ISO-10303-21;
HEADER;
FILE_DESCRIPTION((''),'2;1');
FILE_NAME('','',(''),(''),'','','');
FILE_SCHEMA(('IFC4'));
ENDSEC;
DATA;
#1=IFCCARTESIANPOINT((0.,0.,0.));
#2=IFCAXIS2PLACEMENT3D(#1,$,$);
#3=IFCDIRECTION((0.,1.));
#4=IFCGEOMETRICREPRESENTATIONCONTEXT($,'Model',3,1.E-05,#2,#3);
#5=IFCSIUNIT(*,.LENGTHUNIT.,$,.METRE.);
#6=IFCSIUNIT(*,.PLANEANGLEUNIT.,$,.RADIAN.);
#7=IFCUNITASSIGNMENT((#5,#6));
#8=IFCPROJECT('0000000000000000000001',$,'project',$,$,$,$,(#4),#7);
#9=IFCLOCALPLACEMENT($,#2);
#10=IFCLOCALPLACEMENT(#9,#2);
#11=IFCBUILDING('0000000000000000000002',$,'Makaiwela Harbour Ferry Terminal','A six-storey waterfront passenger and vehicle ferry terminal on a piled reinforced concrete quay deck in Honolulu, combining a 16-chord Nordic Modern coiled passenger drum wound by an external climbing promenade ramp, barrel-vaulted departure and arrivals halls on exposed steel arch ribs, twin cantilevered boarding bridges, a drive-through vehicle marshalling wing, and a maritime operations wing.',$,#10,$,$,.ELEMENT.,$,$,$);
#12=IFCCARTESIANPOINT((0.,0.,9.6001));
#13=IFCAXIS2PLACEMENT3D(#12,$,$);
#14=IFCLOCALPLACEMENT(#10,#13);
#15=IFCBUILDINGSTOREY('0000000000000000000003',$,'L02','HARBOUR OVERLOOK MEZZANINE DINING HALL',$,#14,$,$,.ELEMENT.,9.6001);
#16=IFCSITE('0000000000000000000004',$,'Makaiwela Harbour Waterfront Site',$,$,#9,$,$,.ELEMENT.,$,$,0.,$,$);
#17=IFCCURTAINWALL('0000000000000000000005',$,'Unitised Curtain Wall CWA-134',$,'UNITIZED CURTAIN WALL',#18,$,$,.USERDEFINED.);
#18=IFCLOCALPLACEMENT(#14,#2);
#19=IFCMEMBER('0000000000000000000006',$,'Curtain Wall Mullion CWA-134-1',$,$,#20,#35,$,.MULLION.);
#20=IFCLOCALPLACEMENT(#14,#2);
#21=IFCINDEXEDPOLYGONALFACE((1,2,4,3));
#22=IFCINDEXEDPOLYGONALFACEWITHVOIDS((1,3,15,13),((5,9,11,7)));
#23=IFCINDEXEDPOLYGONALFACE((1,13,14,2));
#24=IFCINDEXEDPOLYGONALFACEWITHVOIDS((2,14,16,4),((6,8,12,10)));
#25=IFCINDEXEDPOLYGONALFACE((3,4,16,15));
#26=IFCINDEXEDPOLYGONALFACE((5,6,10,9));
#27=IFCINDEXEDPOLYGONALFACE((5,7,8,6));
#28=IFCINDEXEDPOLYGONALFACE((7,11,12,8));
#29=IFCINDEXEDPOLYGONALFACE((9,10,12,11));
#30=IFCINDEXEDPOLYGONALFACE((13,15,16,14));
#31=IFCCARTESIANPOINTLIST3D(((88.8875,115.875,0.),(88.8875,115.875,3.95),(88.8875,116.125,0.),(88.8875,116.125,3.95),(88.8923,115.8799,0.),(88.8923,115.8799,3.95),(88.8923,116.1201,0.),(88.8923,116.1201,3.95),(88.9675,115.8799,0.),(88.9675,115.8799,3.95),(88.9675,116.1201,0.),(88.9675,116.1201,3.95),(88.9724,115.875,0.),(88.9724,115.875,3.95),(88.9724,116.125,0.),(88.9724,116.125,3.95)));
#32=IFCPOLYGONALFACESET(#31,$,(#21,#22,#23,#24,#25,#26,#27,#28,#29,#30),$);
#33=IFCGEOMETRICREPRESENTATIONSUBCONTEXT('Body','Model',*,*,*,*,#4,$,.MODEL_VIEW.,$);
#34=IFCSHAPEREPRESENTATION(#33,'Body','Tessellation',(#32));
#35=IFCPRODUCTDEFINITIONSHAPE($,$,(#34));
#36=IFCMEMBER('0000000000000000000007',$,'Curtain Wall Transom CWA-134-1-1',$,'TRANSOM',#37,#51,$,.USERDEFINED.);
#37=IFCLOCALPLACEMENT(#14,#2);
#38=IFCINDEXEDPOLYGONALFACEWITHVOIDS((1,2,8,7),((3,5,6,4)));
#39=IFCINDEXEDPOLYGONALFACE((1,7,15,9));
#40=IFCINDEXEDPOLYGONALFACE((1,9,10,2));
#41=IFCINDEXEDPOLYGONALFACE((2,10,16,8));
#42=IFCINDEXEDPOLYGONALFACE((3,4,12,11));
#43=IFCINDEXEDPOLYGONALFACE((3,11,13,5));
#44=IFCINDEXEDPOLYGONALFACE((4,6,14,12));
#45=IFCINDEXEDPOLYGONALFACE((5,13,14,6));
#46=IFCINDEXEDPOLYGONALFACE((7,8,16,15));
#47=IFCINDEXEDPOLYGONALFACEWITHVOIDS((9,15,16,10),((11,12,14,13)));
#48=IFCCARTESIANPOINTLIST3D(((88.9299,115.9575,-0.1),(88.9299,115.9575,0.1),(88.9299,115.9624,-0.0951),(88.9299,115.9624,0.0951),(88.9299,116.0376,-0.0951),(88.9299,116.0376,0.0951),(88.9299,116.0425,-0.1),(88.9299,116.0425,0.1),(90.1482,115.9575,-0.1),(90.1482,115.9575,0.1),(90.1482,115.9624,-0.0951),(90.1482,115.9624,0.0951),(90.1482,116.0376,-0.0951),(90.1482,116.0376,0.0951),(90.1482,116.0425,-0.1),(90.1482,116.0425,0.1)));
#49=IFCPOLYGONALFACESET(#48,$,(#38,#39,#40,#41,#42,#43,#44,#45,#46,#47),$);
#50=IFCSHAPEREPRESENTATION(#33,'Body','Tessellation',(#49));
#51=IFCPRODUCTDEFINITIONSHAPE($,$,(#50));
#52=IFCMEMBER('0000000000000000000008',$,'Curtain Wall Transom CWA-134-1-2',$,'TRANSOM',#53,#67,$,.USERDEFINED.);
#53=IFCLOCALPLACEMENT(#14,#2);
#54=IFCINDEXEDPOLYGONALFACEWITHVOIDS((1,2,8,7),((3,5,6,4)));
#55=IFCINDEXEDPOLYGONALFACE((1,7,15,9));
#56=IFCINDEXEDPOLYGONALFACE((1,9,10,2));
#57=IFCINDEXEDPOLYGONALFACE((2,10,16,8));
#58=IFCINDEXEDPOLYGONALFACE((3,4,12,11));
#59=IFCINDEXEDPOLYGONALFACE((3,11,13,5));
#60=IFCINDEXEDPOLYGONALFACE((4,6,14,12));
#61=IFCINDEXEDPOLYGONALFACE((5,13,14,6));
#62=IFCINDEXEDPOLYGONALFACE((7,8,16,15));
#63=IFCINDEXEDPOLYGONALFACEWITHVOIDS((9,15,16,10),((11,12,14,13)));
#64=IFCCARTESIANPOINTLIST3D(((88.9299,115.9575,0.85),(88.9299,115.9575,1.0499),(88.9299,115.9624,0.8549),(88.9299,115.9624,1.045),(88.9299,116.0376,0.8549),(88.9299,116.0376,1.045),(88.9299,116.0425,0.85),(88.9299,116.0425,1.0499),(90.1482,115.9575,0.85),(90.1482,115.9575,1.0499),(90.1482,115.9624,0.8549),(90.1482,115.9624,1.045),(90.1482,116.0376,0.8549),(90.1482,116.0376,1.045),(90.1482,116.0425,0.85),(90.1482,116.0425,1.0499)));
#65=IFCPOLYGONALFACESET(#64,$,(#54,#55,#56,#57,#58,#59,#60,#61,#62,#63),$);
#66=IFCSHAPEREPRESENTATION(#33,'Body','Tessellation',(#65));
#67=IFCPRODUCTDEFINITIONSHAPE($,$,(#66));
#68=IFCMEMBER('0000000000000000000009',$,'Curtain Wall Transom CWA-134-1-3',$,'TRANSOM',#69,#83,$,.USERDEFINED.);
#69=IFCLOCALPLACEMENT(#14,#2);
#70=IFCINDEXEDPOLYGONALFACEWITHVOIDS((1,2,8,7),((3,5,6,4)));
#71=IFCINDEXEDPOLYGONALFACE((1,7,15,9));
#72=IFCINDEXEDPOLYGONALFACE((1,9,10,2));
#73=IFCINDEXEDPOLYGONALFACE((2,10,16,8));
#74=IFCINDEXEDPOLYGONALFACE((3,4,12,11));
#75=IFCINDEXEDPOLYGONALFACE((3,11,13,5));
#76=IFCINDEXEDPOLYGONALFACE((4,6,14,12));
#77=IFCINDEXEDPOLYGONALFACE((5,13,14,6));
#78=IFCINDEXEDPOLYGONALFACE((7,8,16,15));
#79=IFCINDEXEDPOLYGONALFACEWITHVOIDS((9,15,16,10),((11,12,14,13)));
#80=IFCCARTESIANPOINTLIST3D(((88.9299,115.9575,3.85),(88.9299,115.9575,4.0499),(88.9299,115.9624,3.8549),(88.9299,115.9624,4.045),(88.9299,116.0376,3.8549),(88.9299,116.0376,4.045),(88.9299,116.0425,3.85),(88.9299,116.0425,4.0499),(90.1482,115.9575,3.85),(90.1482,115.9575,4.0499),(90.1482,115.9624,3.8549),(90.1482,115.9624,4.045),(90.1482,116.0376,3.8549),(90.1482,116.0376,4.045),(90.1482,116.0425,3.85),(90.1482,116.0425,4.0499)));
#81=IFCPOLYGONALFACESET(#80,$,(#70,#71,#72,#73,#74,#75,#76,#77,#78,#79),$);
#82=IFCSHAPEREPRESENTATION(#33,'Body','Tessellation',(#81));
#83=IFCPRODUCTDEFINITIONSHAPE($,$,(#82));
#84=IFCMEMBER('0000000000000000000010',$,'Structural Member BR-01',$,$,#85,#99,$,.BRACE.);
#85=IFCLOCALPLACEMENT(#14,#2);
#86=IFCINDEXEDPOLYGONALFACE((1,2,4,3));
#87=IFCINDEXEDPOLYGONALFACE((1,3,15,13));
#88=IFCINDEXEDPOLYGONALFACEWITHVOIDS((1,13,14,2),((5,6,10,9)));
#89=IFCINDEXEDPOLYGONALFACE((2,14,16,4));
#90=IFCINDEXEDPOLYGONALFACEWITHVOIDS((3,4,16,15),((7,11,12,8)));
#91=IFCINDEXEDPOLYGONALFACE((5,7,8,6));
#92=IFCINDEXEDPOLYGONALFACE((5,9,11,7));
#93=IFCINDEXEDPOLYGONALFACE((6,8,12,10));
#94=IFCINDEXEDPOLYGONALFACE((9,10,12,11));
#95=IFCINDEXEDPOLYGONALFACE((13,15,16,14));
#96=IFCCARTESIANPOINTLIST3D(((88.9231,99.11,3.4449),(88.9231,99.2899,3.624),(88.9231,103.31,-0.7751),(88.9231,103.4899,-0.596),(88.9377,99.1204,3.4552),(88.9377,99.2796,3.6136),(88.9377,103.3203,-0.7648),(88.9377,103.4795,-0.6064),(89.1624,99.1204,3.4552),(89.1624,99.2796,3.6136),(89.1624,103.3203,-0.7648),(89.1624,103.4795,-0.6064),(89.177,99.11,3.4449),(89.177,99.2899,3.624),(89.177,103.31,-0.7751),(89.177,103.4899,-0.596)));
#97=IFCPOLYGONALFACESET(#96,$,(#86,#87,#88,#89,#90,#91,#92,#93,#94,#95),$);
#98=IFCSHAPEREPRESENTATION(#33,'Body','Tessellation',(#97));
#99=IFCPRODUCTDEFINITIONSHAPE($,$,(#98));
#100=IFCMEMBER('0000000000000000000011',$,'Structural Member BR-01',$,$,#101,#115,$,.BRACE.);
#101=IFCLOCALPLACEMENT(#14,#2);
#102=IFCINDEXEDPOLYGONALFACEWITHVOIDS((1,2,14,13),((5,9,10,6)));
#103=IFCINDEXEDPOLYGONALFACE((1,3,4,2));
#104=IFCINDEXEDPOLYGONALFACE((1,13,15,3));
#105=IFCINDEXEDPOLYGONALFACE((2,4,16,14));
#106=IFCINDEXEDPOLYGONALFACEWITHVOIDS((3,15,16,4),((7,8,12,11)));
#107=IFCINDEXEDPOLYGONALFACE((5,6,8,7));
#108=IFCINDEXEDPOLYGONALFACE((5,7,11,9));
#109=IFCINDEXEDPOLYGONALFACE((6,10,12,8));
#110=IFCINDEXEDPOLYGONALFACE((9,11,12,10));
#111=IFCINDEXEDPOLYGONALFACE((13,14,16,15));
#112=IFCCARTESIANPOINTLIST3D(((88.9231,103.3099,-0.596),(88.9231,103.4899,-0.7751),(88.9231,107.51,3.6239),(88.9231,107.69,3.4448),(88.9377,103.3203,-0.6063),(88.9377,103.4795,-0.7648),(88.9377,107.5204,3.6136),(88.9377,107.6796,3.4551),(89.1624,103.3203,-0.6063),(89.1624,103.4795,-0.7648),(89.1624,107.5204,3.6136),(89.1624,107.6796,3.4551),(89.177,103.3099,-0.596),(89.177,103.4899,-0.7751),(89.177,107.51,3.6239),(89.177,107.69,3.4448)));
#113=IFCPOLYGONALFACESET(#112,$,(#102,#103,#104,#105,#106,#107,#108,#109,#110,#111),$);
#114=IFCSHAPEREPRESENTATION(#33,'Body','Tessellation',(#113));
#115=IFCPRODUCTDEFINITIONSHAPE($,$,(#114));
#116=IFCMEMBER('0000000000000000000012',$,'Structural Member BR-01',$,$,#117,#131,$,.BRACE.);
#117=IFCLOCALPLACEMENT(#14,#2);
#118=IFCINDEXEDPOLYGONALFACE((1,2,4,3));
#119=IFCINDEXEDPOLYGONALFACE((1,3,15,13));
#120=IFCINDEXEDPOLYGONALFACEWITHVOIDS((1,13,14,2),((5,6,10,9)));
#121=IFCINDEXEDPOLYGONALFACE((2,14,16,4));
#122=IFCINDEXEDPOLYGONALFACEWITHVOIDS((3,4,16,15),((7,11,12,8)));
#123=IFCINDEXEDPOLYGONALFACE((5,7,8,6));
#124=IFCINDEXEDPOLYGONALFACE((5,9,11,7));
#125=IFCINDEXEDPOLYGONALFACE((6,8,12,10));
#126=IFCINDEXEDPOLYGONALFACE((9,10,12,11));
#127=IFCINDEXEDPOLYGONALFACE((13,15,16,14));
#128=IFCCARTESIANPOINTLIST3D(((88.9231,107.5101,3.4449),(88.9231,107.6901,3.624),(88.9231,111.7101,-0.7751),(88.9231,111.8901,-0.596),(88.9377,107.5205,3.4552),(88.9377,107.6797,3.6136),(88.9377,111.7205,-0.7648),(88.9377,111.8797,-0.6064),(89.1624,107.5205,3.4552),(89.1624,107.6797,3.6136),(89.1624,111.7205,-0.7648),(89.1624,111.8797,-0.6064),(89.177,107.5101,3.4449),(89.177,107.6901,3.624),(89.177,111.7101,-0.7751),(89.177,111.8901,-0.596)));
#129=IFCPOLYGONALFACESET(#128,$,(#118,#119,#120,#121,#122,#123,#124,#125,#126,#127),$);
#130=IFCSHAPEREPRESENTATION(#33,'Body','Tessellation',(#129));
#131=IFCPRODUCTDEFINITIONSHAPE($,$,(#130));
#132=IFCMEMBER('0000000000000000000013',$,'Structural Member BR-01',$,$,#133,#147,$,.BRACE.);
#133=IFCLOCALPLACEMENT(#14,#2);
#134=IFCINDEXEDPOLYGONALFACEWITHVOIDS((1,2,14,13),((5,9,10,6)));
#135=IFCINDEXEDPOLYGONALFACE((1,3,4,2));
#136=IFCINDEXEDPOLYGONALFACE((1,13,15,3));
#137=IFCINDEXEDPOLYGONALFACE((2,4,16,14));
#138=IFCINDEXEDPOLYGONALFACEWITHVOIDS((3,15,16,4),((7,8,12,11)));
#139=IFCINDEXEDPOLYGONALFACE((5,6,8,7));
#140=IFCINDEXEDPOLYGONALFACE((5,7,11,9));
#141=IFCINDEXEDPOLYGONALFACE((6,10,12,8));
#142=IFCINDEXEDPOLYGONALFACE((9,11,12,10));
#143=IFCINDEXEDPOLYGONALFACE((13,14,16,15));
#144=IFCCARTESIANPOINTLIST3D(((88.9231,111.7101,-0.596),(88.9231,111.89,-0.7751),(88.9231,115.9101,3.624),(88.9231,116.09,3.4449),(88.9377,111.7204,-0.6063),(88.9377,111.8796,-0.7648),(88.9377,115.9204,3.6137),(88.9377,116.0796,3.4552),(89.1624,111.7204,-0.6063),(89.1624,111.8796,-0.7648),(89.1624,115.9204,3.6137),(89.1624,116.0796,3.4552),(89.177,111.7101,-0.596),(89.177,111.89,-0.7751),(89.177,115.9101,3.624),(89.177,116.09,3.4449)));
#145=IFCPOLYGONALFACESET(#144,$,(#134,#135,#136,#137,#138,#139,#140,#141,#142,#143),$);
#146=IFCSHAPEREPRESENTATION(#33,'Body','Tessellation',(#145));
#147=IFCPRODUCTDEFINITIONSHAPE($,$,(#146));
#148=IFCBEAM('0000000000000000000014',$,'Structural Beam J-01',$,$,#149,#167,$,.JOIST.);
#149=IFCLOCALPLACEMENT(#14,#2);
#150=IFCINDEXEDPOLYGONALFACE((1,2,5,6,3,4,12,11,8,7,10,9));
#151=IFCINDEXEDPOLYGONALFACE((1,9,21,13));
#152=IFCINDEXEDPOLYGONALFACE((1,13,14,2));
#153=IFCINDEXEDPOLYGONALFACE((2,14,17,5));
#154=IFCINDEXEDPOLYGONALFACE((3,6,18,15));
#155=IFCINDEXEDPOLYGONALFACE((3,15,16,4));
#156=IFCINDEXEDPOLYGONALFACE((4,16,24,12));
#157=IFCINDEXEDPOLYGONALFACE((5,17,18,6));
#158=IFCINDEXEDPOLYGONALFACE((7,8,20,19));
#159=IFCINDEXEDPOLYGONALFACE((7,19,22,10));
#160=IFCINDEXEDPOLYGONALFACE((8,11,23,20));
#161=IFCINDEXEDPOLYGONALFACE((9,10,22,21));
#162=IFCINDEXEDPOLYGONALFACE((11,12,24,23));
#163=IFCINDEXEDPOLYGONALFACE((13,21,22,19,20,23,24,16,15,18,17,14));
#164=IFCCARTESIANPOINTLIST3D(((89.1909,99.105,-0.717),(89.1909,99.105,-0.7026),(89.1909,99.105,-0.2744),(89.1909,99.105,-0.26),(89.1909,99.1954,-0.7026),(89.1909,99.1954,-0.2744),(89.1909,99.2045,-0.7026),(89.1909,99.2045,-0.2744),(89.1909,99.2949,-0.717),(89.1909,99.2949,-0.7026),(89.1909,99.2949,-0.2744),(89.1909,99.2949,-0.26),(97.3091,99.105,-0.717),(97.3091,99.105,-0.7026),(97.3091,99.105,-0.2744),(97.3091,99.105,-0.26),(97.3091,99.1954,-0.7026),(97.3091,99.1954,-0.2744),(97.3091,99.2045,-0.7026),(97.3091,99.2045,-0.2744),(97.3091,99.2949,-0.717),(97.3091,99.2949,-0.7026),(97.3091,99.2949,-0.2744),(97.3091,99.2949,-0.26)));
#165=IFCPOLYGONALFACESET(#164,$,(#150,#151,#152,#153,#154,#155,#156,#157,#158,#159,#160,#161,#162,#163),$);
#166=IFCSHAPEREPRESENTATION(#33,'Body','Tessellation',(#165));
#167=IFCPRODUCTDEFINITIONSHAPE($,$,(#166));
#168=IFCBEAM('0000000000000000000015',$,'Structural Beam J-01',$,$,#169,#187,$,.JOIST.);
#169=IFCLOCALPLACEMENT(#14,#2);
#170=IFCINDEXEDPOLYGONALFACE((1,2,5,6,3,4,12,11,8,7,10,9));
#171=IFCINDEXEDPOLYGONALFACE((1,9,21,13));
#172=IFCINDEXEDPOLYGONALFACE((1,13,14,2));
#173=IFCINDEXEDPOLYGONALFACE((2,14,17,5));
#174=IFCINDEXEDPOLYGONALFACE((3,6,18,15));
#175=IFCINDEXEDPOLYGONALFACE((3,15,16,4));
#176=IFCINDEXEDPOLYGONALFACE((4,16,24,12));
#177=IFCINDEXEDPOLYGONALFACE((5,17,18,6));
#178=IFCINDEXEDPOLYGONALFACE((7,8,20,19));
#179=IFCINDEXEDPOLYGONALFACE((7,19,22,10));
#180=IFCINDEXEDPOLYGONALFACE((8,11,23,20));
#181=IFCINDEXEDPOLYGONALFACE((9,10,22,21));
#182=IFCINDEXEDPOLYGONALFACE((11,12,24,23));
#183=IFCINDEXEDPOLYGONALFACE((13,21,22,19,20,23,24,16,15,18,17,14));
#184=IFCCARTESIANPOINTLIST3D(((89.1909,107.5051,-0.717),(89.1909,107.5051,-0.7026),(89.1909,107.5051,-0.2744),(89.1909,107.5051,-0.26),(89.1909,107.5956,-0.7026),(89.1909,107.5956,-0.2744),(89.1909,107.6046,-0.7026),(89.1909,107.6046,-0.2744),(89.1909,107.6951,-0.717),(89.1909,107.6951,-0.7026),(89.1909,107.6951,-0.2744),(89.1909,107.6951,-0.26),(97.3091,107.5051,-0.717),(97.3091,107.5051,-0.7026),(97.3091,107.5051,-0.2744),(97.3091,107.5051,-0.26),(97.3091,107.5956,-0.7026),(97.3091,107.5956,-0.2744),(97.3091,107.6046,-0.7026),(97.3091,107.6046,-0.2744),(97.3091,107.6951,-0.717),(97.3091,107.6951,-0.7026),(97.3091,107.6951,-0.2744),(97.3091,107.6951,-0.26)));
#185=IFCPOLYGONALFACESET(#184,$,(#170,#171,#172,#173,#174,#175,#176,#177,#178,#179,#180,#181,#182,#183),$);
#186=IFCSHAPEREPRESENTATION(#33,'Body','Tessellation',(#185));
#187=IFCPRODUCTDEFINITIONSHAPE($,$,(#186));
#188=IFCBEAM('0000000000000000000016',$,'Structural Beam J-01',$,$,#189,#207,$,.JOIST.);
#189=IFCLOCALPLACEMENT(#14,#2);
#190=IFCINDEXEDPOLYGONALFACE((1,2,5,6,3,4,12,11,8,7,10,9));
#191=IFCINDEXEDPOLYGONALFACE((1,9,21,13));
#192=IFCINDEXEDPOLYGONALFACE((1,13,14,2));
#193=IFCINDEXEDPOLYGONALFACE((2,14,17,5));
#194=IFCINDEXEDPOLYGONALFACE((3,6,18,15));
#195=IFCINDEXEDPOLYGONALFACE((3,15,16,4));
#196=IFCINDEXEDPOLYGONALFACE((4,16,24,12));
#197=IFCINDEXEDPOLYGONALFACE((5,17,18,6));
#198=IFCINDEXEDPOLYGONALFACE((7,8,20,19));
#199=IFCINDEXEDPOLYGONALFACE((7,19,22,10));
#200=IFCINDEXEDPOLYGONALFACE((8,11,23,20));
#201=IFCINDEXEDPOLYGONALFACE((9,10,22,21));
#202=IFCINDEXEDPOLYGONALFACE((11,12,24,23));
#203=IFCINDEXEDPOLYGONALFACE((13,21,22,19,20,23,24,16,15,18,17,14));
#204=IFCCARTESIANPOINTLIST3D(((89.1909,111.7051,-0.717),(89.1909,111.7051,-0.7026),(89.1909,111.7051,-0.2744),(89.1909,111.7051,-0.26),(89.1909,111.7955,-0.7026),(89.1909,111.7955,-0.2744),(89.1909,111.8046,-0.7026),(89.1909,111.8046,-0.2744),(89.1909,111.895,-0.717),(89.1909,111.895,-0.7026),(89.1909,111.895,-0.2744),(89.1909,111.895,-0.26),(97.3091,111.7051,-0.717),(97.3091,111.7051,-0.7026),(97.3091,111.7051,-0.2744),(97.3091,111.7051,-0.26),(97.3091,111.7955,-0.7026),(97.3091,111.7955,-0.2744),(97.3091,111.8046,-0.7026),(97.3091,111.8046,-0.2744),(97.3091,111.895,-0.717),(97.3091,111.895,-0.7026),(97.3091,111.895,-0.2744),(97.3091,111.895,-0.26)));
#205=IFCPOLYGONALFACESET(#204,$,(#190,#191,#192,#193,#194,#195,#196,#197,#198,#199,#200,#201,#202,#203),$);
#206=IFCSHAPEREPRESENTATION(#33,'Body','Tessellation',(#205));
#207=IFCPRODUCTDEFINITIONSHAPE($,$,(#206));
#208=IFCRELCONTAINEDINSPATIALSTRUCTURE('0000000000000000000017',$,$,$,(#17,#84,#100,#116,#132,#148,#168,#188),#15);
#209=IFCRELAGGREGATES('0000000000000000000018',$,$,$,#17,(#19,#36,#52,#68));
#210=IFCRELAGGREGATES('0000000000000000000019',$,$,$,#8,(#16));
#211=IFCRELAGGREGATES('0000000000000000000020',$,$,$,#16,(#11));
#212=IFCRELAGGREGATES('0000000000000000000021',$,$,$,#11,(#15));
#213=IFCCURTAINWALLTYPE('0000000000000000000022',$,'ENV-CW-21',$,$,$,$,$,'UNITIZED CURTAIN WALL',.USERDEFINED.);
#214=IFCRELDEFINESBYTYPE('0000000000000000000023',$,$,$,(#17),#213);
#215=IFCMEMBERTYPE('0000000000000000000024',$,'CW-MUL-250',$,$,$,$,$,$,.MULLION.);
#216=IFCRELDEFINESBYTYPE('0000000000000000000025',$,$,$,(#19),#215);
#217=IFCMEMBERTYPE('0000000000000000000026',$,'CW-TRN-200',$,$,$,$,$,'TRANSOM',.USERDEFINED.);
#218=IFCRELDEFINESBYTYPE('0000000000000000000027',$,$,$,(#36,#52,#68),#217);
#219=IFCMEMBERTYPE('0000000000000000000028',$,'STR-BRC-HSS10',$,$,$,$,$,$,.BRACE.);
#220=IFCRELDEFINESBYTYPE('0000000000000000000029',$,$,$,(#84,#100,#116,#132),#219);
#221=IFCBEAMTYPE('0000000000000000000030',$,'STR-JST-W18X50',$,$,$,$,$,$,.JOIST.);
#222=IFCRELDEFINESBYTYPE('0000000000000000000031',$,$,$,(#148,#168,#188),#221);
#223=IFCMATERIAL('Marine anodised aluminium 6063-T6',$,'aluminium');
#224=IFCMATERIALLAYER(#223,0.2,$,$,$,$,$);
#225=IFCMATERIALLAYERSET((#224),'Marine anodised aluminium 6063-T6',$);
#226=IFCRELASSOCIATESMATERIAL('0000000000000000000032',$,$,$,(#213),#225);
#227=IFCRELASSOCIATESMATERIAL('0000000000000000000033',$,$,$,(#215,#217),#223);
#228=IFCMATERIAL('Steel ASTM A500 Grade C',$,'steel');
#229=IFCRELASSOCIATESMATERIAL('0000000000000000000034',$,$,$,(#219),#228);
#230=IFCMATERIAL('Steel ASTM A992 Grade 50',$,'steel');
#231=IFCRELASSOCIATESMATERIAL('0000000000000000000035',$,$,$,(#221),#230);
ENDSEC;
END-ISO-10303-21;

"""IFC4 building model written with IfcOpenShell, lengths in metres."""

from ifc_helpers import new_model, si_unit, direction, frame, origin, origin_2d, place, context, subcontext, project, spatial, hollow_rectangle, i_section, extrude, material, layer, layer_set, material_profile, profile_set, type_object, element, aggregate, save


model = new_model("IFC4")

# Units and contexts
model_context = context("Model", 3, precision=1e-05, world=origin(), true_north=direction((0.0, 1.0)))
body_context = subcontext(model_context, "Body", "Model", "MODEL_VIEW")
ifc_project = project(units=[si_unit("LENGTHUNIT", "METRE"), si_unit("PLANEANGLEUNIT", "RADIAN")], contexts=[model_context])

# Site, building, storey
site_placement = place(None, origin())
site = spatial("IfcSite", under=ifc_project, at=site_placement, Name="Makaiwela Harbour Waterfront Site", CompositionType="ELEMENT", RefElevation=0.0)
building_placement = place(site_placement, origin())
building = spatial("IfcBuilding", under=site, at=building_placement, Name="Makaiwela Harbour Ferry Terminal", Description="A six-storey waterfront passenger and vehicle ferry terminal on a piled reinforced concrete quay deck in Honolulu, combining a 16-chord Nordic Modern coiled passenger drum wound by an external climbing promenade ramp, barrel-vaulted departure and arrivals halls on exposed steel arch ribs, twin cantilevered boarding bridges, a drive-through vehicle marshalling wing, and a maritime operations wing.", CompositionType="ELEMENT")
storey_placement = place(building_placement, frame((0.0, 0.0, 9.6001)))
storey = spatial("IfcBuildingStorey", under=building, at=storey_placement, Name="L02", Description="HARBOUR OVERLOOK MEZZANINE DINING HALL", CompositionType="ELEMENT", Elevation=9.6001)

# Curtain wall, members
ifc_material_1 = material(Name="Marine anodised aluminium 6063-T6", Category="aluminium")
ifc_layer_1 = layer(ifc_material_1, 0.2)
ifc_layer_set_1 = layer_set([ifc_layer_1], Name="Marine anodised aluminium 6063-T6")
curtain_wall_type = type_object("IfcCurtainWallType", Name="ENV-CW-21", ElementType="UNITIZED CURTAIN WALL", PredefinedType="USERDEFINED", material=ifc_layer_set_1)
curtain_wall_placement = place(storey_placement, origin())
curtain_wall = element("IfcCurtainWall", 1, at=curtain_wall_placement, inside=storey, type_object=curtain_wall_type, Name="Unitised Curtain Wall CWA-134", ObjectType="UNITIZED CURTAIN WALL", PredefinedType="USERDEFINED")
ifc_material_profile_1 = material_profile(ifc_material_1, hollow_rectangle(XDim=0.085, YDim=0.25, WallThickness=0.0049, at=origin_2d()), Name="CWM-250X85")
ifc_profile_set_1 = profile_set([ifc_material_profile_1], Name="Marine anodised aluminium 6063-T6")
member_type_1 = type_object("IfcMemberType", Name="CW-MUL-250", PredefinedType="MULLION", material=ifc_profile_set_1)
member_1_placement = place(storey_placement, frame((88.9299, 116.0, 0.0), z_axis=(0.0, 0.0, 1.0), x_axis=(1.0, 0.0, 0.0)))
member_1 = element("IfcMember", 2, at=member_1_placement, type_object=member_type_1, Name="Curtain Wall Mullion CWA-134-1", PredefinedType="MULLION", context=body_context, shape_type="SweptSolid", body=[
    extrude(hollow_rectangle(XDim=0.085, YDim=0.25, WallThickness=0.0049, at=origin_2d()), origin(), (0.0, 0.0, 1.0), 3.95),
])
ifc_material_profile_2 = material_profile(ifc_material_1, hollow_rectangle(XDim=0.085, YDim=0.2, WallThickness=0.0049, at=origin_2d()), Name="CWT-200X85")
ifc_profile_set_2 = profile_set([ifc_material_profile_2], Name="Marine anodised aluminium 6063-T6")
member_type_2 = type_object("IfcMemberType", Name="CW-TRN-200", ElementType="TRANSOM", PredefinedType="USERDEFINED", material=ifc_profile_set_2)
member_2_placement = place(storey_placement, frame((88.9299, 116.0, 0.0), z_axis=(1.0, 0.0, 0.0), x_axis=(0.0, 1.0, 0.0)))
member_2 = element("IfcMember", 3, at=member_2_placement, type_object=member_type_2, Name="Curtain Wall Transom CWA-134-1-1", ObjectType="TRANSOM", PredefinedType="USERDEFINED", context=body_context, shape_type="SweptSolid", body=[
    extrude(hollow_rectangle(XDim=0.085, YDim=0.2, WallThickness=0.0049, at=origin_2d()), origin(), (0.0, 0.0, 1.0), 1.2183),
])
member_3_placement = place(storey_placement, frame((88.9299, 116.0, 0.95), z_axis=(1.0, 0.0, 0.0), x_axis=(0.0, 1.0, 0.0)))
member_3 = element("IfcMember", 4, at=member_3_placement, type_object=member_type_2, Name="Curtain Wall Transom CWA-134-1-2", ObjectType="TRANSOM", PredefinedType="USERDEFINED", context=body_context, shape_type="SweptSolid", body=[
    extrude(hollow_rectangle(XDim=0.085, YDim=0.2, WallThickness=0.0049, at=origin_2d()), origin(), (0.0, 0.0, 1.0), 1.2183),
])
member_4_placement = place(storey_placement, frame((88.9299, 116.0, 3.95), z_axis=(1.0, 0.0, 0.0), x_axis=(0.0, 1.0, 0.0)))
member_4 = element("IfcMember", 5, at=member_4_placement, type_object=member_type_2, Name="Curtain Wall Transom CWA-134-1-3", ObjectType="TRANSOM", PredefinedType="USERDEFINED", context=body_context, shape_type="SweptSolid", body=[
    extrude(hollow_rectangle(XDim=0.085, YDim=0.2, WallThickness=0.0049, at=origin_2d()), origin(), (0.0, 0.0, 1.0), 1.2183),
])
aggregate(curtain_wall, [member_1, member_2, member_3, member_4])

# Members
ifc_material_2 = material(Name="Steel ASTM A500 Grade C", Category="steel")
ifc_material_profile_3 = material_profile(ifc_material_2, hollow_rectangle(XDim=0.2539, YDim=0.2539, WallThickness=0.0146, at=origin_2d()), Name="HSS10X10X5/8")
ifc_profile_set_3 = profile_set([ifc_material_profile_3], Name="Steel ASTM A500 Grade C")
member_type_3 = type_object("IfcMemberType", Name="STR-BRC-HSS10", PredefinedType="BRACE", material=ifc_profile_set_3)
for number, where, z_axis, x_axis, name in (
    (6, (89.05, 99.2, 3.5344), (0.0, 0.705424, -0.708786), (-1.0, 0.0, 0.0), "Structural Member BR-01"),
    (7, (89.05, 103.3999, -0.6855), (0.0, 0.705444, 0.708766), (-1.0, 0.0, 0.0), "Structural Member BR-01"),
    (8, (89.05, 107.6001, 3.5344), (0.0, 0.705424, -0.708786), (-1.0, 0.0, 0.0), "Structural Member BR-01"),
    (9, (89.05, 111.8, -0.6855), (0.0, 0.705424, 0.708786), (-1.0, 0.0, 0.0), "Structural Member BR-01"),
):
    element("IfcMember", number, at=place(storey_placement, frame(where, z_axis=z_axis, x_axis=x_axis)), inside=storey, type_object=member_type_3, Name=name, PredefinedType="BRACE", context=body_context, shape_type="SweptSolid", body=[
        extrude(hollow_rectangle(XDim=0.2539, YDim=0.2539, WallThickness=0.0146, at=origin_2d()), origin(), (0.0, 0.0, 1.0), 5.9539),
    ])

# Beams
ifc_material_3 = material(Name="Steel ASTM A992 Grade 50", Category="steel")
ifc_material_profile_4 = material_profile(ifc_material_3, i_section(OverallWidth=0.1899, OverallDepth=0.457, WebThickness=0.009, FlangeThickness=0.0144, at=origin_2d()), Name="W18X50")
ifc_profile_set_4 = profile_set([ifc_material_profile_4], Name="Steel ASTM A992 Grade 50")
beam_type = type_object("IfcBeamType", Name="STR-JST-W18X50", PredefinedType="JOIST", material=ifc_profile_set_4)
for number, where, z_axis, x_axis, name in (
    (10, (89.1909, 99.2, -0.4885), (1.0, 0.0, 0.0), (0.0, 1.0, 0.0), "Structural Beam J-01"),
    (11, (89.1909, 107.6001, -0.4885), (1.0, 0.0, 0.0), (0.0, 1.0, 0.0), "Structural Beam J-01"),
    (12, (89.1909, 111.8, -0.4885), (1.0, 0.0, 0.0), (0.0, 1.0, 0.0), "Structural Beam J-01"),
):
    element("IfcBeam", number, at=place(storey_placement, frame(where, z_axis=z_axis, x_axis=x_axis)), inside=storey, type_object=beam_type, Name=name, PredefinedType="JOIST", context=body_context, shape_type="SweptSolid", body=[
        extrude(i_section(OverallWidth=0.1899, OverallDepth=0.457, WebThickness=0.009, FlangeThickness=0.0144, at=origin_2d()), origin(), (0.0, 0.0, 1.0), 8.1182),
    ])

save(model, "model.ifc")
